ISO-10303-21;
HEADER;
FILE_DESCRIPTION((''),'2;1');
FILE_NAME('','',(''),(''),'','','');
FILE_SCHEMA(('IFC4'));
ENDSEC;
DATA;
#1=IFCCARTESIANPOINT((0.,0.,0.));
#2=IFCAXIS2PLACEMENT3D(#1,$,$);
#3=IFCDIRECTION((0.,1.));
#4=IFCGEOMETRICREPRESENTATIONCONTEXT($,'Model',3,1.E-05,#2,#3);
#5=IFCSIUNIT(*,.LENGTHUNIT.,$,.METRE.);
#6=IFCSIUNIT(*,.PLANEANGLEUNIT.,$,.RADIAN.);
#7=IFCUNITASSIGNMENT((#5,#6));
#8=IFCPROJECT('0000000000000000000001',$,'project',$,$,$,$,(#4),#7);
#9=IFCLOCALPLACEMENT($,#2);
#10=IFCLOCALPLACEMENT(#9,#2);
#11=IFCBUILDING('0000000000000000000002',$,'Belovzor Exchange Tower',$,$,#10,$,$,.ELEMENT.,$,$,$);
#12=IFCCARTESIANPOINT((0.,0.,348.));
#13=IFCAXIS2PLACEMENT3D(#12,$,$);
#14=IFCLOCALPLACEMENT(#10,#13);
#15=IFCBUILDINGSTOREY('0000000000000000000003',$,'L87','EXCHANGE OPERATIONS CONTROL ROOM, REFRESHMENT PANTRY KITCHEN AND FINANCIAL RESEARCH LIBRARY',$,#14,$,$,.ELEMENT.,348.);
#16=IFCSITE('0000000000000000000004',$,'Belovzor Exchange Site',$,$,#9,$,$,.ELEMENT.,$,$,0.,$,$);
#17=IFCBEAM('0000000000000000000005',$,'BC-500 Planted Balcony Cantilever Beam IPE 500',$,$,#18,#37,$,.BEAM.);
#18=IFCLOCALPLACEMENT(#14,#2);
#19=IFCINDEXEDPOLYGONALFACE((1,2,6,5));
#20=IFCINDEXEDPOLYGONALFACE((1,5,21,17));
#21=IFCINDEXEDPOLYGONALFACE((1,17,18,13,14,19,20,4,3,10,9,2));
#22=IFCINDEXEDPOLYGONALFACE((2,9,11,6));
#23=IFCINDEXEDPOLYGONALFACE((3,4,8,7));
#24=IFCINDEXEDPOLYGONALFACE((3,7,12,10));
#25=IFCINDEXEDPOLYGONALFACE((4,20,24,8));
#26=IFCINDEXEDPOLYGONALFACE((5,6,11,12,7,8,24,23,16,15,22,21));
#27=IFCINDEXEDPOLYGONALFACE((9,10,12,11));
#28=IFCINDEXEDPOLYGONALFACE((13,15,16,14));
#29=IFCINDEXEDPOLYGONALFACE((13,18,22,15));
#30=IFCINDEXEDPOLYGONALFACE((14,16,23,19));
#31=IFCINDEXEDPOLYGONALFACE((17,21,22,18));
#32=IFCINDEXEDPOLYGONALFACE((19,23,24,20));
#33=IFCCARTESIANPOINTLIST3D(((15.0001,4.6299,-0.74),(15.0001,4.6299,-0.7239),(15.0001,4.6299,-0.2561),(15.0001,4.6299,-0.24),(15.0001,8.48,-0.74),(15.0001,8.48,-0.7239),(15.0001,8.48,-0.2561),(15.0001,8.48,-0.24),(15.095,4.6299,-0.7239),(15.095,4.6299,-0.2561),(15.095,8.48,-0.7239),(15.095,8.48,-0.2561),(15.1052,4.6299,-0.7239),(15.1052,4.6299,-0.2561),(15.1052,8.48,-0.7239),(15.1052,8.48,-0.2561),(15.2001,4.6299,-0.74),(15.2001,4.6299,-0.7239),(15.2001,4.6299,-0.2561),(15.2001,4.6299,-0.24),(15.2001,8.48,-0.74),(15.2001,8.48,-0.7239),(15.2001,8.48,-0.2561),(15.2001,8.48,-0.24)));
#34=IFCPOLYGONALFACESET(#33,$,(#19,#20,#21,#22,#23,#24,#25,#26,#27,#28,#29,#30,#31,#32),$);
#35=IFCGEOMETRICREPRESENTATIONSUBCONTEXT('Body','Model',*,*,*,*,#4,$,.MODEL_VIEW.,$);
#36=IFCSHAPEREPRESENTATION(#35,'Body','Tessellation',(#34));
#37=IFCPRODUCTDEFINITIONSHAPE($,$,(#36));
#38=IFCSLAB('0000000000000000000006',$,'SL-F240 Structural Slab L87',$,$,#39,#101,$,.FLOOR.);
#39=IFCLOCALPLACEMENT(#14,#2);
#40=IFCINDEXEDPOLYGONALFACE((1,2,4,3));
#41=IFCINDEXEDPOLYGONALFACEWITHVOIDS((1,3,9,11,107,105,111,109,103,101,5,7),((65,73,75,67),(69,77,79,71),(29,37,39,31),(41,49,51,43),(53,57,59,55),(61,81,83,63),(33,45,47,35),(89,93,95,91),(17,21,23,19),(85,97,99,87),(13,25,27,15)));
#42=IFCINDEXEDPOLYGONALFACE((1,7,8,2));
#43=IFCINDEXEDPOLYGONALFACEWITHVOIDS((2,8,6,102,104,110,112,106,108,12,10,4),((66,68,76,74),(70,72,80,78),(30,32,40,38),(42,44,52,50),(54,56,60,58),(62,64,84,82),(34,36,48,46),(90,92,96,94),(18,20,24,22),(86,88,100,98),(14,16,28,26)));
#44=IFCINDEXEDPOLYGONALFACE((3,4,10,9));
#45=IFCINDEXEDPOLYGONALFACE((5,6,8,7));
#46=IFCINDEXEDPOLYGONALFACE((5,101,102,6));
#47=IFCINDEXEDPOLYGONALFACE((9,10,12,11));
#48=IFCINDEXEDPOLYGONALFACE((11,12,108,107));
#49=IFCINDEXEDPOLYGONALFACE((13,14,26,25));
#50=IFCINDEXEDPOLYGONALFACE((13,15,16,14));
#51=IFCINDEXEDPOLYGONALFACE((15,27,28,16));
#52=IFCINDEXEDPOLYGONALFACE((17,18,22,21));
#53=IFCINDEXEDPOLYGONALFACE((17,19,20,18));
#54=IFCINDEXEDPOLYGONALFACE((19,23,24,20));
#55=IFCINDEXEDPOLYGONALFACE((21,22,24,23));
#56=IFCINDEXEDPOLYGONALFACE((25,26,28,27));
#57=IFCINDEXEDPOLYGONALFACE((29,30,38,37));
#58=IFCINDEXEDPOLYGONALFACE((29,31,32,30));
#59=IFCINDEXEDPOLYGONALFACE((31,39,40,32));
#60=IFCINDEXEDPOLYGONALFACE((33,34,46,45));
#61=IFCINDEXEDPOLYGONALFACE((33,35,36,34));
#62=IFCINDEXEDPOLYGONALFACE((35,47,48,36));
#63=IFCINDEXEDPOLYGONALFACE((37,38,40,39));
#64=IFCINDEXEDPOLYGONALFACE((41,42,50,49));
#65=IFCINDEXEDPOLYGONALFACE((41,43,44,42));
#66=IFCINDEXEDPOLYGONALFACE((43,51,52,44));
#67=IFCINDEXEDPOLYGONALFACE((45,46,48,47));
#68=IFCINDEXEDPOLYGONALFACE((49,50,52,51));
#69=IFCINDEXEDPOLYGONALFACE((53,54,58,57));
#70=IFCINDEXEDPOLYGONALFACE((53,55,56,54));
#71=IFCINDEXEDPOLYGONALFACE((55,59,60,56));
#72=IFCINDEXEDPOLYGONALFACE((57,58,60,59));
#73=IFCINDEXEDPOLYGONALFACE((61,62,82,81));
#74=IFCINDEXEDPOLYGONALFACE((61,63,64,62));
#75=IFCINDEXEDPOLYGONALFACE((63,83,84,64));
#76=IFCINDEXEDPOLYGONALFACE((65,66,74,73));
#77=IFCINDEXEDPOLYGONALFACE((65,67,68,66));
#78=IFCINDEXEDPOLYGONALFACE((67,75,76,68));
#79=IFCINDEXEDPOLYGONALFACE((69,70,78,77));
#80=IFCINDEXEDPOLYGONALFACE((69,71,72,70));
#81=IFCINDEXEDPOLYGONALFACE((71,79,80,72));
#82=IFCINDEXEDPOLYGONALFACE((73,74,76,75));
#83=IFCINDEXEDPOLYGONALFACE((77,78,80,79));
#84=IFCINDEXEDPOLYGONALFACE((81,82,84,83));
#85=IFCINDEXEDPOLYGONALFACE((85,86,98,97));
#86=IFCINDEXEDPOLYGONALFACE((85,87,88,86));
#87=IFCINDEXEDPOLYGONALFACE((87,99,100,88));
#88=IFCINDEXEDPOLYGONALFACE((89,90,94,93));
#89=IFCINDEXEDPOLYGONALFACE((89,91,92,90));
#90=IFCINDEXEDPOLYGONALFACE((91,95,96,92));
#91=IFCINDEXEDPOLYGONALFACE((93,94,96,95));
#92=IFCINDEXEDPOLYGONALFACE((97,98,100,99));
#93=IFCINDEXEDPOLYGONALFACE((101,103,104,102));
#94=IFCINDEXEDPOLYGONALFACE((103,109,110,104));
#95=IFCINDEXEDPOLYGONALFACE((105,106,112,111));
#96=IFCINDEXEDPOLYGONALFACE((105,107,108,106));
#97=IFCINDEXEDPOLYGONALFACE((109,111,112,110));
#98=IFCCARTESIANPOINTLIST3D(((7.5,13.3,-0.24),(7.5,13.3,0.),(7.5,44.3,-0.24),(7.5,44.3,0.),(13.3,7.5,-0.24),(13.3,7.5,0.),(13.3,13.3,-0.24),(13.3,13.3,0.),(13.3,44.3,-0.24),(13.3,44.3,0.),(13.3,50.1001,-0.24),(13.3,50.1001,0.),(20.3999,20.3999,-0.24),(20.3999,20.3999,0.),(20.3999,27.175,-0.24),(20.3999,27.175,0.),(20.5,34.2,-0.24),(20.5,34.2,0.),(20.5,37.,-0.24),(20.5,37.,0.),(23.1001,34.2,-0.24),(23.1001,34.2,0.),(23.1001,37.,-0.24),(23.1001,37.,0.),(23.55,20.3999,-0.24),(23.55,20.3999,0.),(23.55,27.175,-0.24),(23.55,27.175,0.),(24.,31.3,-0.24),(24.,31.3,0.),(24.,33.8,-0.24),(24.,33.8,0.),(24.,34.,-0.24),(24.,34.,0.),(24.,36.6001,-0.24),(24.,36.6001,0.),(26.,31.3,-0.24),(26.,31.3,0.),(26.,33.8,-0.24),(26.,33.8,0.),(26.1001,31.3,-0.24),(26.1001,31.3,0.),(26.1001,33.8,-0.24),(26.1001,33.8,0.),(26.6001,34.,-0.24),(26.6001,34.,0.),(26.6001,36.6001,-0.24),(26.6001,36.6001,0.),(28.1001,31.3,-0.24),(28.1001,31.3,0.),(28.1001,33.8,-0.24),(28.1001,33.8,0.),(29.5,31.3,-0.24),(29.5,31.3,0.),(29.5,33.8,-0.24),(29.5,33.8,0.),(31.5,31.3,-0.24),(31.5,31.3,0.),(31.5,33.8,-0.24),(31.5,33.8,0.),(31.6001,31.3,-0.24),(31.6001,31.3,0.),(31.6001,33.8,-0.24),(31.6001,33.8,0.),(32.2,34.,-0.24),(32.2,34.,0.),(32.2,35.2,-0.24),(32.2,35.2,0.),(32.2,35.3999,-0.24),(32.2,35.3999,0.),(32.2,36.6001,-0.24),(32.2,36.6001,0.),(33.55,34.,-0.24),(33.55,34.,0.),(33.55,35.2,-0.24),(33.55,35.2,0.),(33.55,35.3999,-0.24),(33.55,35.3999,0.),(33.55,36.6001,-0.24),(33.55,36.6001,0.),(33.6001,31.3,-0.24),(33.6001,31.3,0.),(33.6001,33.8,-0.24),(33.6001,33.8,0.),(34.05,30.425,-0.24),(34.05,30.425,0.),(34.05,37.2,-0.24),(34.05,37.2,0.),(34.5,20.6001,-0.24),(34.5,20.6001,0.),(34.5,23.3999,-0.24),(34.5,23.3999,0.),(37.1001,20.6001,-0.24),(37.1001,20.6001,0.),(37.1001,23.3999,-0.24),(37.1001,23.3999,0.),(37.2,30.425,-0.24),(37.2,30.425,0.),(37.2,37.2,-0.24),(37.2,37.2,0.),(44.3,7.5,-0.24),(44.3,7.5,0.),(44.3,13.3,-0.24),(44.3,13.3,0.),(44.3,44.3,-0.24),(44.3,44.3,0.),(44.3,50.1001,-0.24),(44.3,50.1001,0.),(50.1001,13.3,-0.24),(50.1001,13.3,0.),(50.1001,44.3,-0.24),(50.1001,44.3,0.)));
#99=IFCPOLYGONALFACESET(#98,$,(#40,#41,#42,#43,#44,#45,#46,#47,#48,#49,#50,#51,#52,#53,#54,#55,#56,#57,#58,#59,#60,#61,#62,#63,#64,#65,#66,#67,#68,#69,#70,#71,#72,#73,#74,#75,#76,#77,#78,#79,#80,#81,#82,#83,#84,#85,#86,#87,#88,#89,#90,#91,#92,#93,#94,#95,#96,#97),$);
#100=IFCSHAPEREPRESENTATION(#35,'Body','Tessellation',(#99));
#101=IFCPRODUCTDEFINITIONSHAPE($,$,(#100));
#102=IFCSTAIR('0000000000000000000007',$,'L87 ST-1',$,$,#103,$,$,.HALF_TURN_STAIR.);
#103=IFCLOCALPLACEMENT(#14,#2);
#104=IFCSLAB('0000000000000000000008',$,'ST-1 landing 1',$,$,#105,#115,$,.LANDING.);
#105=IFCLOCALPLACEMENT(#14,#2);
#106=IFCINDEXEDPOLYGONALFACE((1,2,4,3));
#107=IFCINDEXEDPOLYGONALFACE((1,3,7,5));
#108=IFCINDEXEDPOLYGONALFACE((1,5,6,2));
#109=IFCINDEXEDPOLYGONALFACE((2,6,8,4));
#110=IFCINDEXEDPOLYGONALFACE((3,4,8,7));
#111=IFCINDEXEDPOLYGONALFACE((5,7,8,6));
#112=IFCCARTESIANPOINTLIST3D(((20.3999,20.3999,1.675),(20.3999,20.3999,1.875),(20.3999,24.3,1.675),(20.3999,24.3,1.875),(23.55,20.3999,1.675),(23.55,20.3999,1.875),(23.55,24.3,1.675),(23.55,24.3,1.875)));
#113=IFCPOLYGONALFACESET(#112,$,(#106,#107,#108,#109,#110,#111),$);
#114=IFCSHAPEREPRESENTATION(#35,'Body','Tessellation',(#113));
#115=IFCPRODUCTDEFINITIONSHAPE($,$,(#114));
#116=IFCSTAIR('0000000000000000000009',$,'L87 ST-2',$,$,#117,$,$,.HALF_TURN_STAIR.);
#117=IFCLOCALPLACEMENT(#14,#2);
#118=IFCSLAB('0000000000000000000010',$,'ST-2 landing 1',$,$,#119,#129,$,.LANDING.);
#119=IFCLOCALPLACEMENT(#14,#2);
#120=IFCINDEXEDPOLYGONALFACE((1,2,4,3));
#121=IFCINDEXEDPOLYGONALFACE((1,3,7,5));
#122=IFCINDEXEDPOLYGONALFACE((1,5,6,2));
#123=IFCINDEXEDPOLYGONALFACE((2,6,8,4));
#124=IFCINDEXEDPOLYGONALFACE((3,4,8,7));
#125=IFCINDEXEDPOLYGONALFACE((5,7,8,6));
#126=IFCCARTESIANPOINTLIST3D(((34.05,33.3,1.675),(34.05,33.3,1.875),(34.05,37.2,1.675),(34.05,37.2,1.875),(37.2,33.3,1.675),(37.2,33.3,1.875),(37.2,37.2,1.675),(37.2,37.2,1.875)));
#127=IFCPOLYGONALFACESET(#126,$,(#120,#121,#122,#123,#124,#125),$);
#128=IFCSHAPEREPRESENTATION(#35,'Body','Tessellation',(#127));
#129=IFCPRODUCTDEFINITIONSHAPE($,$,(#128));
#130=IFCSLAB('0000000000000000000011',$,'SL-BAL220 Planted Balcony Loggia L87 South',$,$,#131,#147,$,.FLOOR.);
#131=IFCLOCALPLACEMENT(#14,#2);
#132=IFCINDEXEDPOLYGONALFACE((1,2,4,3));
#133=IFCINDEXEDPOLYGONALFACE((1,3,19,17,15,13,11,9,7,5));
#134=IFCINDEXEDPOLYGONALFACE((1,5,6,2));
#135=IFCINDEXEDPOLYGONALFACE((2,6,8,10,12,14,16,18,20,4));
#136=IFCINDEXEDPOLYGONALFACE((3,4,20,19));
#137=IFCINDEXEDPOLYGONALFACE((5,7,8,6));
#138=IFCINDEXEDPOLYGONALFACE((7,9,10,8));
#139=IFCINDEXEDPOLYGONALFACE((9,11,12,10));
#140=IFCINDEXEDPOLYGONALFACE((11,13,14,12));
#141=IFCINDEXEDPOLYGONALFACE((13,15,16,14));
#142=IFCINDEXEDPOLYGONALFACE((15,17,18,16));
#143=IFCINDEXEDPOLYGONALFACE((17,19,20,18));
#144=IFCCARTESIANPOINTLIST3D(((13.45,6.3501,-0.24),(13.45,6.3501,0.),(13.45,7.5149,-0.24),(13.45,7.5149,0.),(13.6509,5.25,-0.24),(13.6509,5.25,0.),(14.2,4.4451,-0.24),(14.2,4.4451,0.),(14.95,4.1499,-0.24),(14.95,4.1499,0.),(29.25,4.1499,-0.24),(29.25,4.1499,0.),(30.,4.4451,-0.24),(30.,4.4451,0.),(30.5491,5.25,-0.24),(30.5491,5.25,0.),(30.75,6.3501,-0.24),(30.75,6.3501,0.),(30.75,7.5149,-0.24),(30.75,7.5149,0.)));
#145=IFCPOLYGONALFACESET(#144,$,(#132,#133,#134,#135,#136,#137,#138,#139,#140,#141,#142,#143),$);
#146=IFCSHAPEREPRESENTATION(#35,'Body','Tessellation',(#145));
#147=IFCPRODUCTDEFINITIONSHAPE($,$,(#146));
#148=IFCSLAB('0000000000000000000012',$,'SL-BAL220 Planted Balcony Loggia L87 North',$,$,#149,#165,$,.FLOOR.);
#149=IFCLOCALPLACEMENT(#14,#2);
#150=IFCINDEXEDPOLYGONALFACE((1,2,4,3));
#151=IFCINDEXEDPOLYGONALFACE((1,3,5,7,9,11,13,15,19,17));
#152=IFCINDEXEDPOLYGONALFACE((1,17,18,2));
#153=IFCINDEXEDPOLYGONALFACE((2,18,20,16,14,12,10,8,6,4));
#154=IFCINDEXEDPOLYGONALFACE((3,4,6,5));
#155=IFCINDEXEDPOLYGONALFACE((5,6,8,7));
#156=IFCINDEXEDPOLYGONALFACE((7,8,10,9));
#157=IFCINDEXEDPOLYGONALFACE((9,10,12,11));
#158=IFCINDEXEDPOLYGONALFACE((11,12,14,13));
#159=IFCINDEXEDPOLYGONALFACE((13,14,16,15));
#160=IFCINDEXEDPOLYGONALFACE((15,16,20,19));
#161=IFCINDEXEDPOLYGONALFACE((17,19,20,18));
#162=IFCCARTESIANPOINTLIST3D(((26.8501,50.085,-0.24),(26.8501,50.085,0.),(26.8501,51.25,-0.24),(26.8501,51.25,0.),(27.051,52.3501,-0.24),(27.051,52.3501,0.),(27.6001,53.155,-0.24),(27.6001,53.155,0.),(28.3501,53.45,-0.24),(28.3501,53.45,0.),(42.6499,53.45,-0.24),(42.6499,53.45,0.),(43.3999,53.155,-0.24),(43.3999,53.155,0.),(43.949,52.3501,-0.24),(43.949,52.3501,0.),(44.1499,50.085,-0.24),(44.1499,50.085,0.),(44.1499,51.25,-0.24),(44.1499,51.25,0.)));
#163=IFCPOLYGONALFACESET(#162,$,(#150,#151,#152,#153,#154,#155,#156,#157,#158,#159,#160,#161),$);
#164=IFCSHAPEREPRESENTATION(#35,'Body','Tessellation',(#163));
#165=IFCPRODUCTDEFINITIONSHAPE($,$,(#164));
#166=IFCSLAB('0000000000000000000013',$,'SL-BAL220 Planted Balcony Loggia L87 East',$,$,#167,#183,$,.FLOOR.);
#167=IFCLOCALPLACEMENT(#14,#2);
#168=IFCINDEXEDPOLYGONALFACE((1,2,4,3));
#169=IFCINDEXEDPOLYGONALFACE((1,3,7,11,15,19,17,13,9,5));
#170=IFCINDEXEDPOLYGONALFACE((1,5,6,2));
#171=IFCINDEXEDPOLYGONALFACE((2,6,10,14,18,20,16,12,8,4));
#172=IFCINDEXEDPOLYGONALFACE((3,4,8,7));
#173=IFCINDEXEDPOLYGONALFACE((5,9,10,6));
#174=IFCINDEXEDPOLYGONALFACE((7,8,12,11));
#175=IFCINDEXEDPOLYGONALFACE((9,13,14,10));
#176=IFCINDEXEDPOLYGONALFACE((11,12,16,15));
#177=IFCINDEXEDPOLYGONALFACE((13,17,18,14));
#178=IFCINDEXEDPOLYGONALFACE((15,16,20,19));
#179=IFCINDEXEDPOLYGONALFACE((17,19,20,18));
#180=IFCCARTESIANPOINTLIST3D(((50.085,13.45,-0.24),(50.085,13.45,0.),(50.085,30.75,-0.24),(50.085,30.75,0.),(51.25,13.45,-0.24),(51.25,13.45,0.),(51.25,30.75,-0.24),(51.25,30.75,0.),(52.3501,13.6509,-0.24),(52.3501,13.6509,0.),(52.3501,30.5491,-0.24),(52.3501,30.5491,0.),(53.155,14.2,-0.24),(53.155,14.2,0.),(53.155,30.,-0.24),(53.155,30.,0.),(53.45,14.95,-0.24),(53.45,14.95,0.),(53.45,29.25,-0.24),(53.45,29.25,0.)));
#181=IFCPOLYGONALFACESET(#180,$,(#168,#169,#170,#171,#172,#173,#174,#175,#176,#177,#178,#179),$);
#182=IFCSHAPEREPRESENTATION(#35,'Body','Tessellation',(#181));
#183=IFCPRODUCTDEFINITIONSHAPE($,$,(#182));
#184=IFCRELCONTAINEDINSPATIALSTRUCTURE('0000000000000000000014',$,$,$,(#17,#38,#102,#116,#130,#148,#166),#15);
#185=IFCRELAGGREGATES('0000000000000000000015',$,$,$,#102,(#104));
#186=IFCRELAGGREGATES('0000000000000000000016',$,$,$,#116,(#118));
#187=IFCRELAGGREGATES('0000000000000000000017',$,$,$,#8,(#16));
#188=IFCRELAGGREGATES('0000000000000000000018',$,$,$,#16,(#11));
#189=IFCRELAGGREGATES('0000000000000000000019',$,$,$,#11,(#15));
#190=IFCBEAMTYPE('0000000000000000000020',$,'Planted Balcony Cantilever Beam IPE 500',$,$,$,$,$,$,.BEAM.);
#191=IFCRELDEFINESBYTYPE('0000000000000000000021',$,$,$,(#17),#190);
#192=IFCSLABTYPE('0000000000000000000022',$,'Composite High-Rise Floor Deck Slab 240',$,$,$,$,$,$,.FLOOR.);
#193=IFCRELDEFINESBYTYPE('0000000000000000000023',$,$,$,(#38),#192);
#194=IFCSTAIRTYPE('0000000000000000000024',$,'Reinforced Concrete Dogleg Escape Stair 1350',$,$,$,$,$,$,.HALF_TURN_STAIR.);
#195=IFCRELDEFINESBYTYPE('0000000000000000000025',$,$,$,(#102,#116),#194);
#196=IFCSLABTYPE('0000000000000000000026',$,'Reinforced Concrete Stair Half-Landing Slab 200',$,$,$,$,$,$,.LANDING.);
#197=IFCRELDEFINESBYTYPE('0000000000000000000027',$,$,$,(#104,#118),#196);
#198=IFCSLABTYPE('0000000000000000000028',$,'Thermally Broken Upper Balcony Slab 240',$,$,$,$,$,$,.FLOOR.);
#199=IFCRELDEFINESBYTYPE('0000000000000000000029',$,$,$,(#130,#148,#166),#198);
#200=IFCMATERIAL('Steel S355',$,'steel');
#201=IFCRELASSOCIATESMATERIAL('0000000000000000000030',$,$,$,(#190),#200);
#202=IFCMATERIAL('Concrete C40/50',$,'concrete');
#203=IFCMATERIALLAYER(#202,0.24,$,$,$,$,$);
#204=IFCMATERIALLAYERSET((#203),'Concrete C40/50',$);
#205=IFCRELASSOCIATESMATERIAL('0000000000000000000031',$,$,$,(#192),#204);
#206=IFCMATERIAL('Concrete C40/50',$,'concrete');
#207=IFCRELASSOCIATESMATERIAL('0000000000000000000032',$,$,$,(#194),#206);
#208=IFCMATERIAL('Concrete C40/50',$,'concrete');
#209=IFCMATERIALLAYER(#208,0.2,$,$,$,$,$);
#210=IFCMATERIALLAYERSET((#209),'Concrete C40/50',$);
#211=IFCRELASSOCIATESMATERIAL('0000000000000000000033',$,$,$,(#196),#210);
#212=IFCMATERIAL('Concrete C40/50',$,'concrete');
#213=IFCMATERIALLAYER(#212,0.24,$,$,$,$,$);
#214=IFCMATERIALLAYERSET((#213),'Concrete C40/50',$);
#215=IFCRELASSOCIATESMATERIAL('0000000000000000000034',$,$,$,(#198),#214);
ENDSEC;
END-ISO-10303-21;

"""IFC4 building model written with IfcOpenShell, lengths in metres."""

from ifc_helpers import new_model, si_unit, direction, frame, origin, origin_2d, place, context, subcontext, project, spatial, polyline, i_section, outline, extrude, material, layer, layer_set, material_profile, profile_set, type_object, element, aggregate, save


model = new_model("IFC4")

# Units and contexts
model_context = context("Model", 3, precision=1e-05, world=origin(), true_north=direction((0.0, 1.0)))
body_context = subcontext(model_context, "Body", "Model", "MODEL_VIEW")
ifc_project = project(units=[si_unit("LENGTHUNIT", "METRE"), si_unit("PLANEANGLEUNIT", "RADIAN")], contexts=[model_context])

# Site, building, storey
site_placement = place(None, origin())
site = spatial("IfcSite", under=ifc_project, at=site_placement, Name="Belovzor Exchange Site", CompositionType="ELEMENT", RefElevation=0.0)
building_placement = place(site_placement, origin())
building = spatial("IfcBuilding", under=site, at=building_placement, Name="Belovzor Exchange Tower", CompositionType="ELEMENT")
storey_placement = place(building_placement, frame((0.0, 0.0, 348.0)))
storey = spatial("IfcBuildingStorey", under=building, at=storey_placement, Name="L87", Description="EXCHANGE OPERATIONS CONTROL ROOM, REFRESHMENT PANTRY KITCHEN AND FINANCIAL RESEARCH LIBRARY", CompositionType="ELEMENT", Elevation=348.0)

# Beam
ifc_material_1 = material(Name="Steel S355", Category="steel")
ifc_material_profile = material_profile(ifc_material_1, i_section(OverallWidth=0.2, OverallDepth=0.5, WebThickness=0.0103, FlangeThickness=0.0161, at=origin_2d()))
ifc_profile_set = profile_set([ifc_material_profile], Name="Steel S355")
beam_type = type_object("IfcBeamType", Name="Planted Balcony Cantilever Beam IPE 500", PredefinedType="BEAM", material=ifc_profile_set)
beam_placement = place(storey_placement, frame((15.1001, 8.48, -0.49), z_axis=(0.0, -1.0, 0.0), x_axis=(1.0, 0.0, 0.0)))
element("IfcBeam", 1, at=beam_placement, inside=storey, type_object=beam_type, Name="BC-500 Planted Balcony Cantilever Beam IPE 500", PredefinedType="BEAM", context=body_context, shape_type="SweptSolid", body=[
    extrude(i_section(OverallWidth=0.2, OverallDepth=0.5, WebThickness=0.0103, FlangeThickness=0.0161, at=origin_2d()), origin(), (0.0, 0.0, 1.0), 3.8501),
])

# Slab
ifc_material_2 = material(Name="Concrete C40/50", Category="concrete")
ifc_layer_1 = layer(ifc_material_2, 0.24)
ifc_layer_set_1 = layer_set([ifc_layer_1], Name="Concrete C40/50")
slab_type_1 = type_object("IfcSlabType", Name="Composite High-Rise Floor Deck Slab 240", PredefinedType="FLOOR", material=ifc_layer_set_1)
slab_1_placement = place(storey_placement, frame((0.0, 0.0, -0.24)))
element("IfcSlab", 2, at=slab_1_placement, inside=storey, type_object=slab_type_1, Name="SL-F240 Structural Slab L87", PredefinedType="FLOOR", context=body_context, shape_type="SweptSolid", body=[
    extrude(outline(polyline([(13.3, 7.5), (44.3, 7.5), (44.3, 13.3), (50.1001, 13.3), (50.1001, 44.3), (44.3, 44.3), (44.3, 50.1001), (13.3, 50.1001), (13.3, 44.3), (7.5, 44.3), (7.5, 13.3), (13.3, 13.3), (13.3, 7.5)]), holes=[polyline([(20.3999, 27.175), (20.3999, 20.3999), (23.55, 20.3999), (23.55, 27.175), (20.3999, 27.175)]), polyline([(37.2, 30.425), (37.2, 37.2), (34.05, 37.2), (34.05, 30.425), (37.2, 30.425)]), polyline([(20.5, 34.2), (23.1001, 34.2), (23.1001, 37.0), (20.5, 37.0), (20.5, 34.2)]), polyline([(34.5, 20.6001), (37.1001, 20.6001), (37.1001, 23.3999), (34.5, 23.3999), (34.5, 20.6001)]), polyline([(24.0, 34.0), (26.6001, 34.0), (26.6001, 36.6001), (24.0, 36.6001), (24.0, 34.0)]), polyline([(24.0, 31.3), (26.0, 31.3), (26.0, 33.8), (24.0, 33.8), (24.0, 31.3)]), polyline([(26.1001, 31.3), (28.1001, 31.3), (28.1001, 33.8), (26.1001, 33.8), (26.1001, 31.3)]), polyline([(29.5, 31.3), (31.5, 31.3), (31.5, 33.8), (29.5, 33.8), (29.5, 31.3)]), polyline([(31.6001, 31.3), (33.6001, 31.3), (33.6001, 33.8), (31.6001, 33.8), (31.6001, 31.3)]), polyline([(32.2, 34.0), (33.55, 34.0), (33.55, 35.2), (32.2, 35.2), (32.2, 34.0)]), polyline([(32.2, 35.3999), (33.55, 35.3999), (33.55, 36.6001), (32.2, 36.6001), (32.2, 35.3999)])]), origin(), (0.0, 0.0, 1.0), 0.24),
])

# Stairs, slabs
ifc_material_3 = material(Name="Concrete C40/50", Category="concrete")
stair_type = type_object("IfcStairType", Name="Reinforced Concrete Dogleg Escape Stair 1350", PredefinedType="HALF_TURN_STAIR", material=ifc_material_3)
stair_1_placement = place(storey_placement, origin())
stair_1 = element("IfcStair", 3, at=stair_1_placement, inside=storey, type_object=stair_type, Name="L87 ST-1", PredefinedType="HALF_TURN_STAIR")
ifc_material_4 = material(Name="Concrete C40/50", Category="concrete")
ifc_layer_2 = layer(ifc_material_4, 0.2)
ifc_layer_set_2 = layer_set([ifc_layer_2], Name="Concrete C40/50")
slab_type_2 = type_object("IfcSlabType", Name="Reinforced Concrete Stair Half-Landing Slab 200", PredefinedType="LANDING", material=ifc_layer_set_2)
slab_2_placement = place(storey_placement, frame((0.0, 0.0, 1.675)))
slab_2 = element("IfcSlab", 4, at=slab_2_placement, type_object=slab_type_2, Name="ST-1 landing 1", PredefinedType="LANDING", context=body_context, shape_type="SweptSolid", body=[
    extrude(outline(polyline([(20.3999, 24.3), (20.3999, 20.3999), (23.55, 20.3999), (23.55, 24.3), (20.3999, 24.3)])), origin(), (0.0, 0.0, 1.0), 0.2),
])
aggregate(stair_1, [slab_2])
stair_2_placement = place(storey_placement, origin())
stair_2 = element("IfcStair", 5, at=stair_2_placement, inside=storey, type_object=stair_type, Name="L87 ST-2", PredefinedType="HALF_TURN_STAIR")
slab_3_placement = place(storey_placement, frame((0.0, 0.0, 1.675)))
slab_3 = element("IfcSlab", 6, at=slab_3_placement, type_object=slab_type_2, Name="ST-2 landing 1", PredefinedType="LANDING", context=body_context, shape_type="SweptSolid", body=[
    extrude(outline(polyline([(37.2, 33.3), (37.2, 37.2), (34.05, 37.2), (34.05, 33.3), (37.2, 33.3)])), origin(), (0.0, 0.0, 1.0), 0.2),
])
aggregate(stair_2, [slab_3])

# Slabs
ifc_material_5 = material(Name="Concrete C40/50", Category="concrete")
ifc_layer_3 = layer(ifc_material_5, 0.24)
ifc_layer_set_3 = layer_set([ifc_layer_3], Name="Concrete C40/50")
slab_type_3 = type_object("IfcSlabType", Name="Thermally Broken Upper Balcony Slab 240", PredefinedType="FLOOR", material=ifc_layer_set_3)
slab_4_placement = place(storey_placement, frame((0.0, 0.0, -0.24)))
element("IfcSlab", 7, at=slab_4_placement, inside=storey, type_object=slab_type_3, Name="SL-BAL220 Planted Balcony Loggia L87 South", PredefinedType="FLOOR", context=body_context, shape_type="SweptSolid", body=[
    extrude(outline(polyline([(13.45, 7.5149), (13.45, 6.3501), (13.6509, 5.25), (14.2, 4.4451), (14.95, 4.1499), (29.25, 4.1499), (30.0, 4.4451), (30.5491, 5.25), (30.75, 6.3501), (30.75, 7.5149), (13.45, 7.5149)])), origin(), (0.0, 0.0, 1.0), 0.24),
])
slab_5_placement = place(storey_placement, frame((0.0, 0.0, -0.24)))
element("IfcSlab", 8, at=slab_5_placement, inside=storey, type_object=slab_type_3, Name="SL-BAL220 Planted Balcony Loggia L87 North", PredefinedType="FLOOR", context=body_context, shape_type="SweptSolid", body=[
    extrude(outline(polyline([(44.1499, 50.085), (44.1499, 51.25), (43.949, 52.3501), (43.3999, 53.155), (42.6499, 53.45), (28.3501, 53.45), (27.6001, 53.155), (27.051, 52.3501), (26.8501, 51.25), (26.8501, 50.085), (44.1499, 50.085)])), origin(), (0.0, 0.0, 1.0), 0.24),
])
slab_6_placement = place(storey_placement, frame((0.0, 0.0, -0.24)))
element("IfcSlab", 9, at=slab_6_placement, inside=storey, type_object=slab_type_3, Name="SL-BAL220 Planted Balcony Loggia L87 East", PredefinedType="FLOOR", context=body_context, shape_type="SweptSolid", body=[
    extrude(outline(polyline([(50.085, 13.45), (51.25, 13.45), (52.3501, 13.6509), (53.155, 14.2), (53.45, 14.95), (53.45, 29.25), (53.155, 30.0), (52.3501, 30.5491), (51.25, 30.75), (50.085, 30.75), (50.085, 13.45)])), origin(), (0.0, 0.0, 1.0), 0.24),
])

save(model, "model.ifc")
